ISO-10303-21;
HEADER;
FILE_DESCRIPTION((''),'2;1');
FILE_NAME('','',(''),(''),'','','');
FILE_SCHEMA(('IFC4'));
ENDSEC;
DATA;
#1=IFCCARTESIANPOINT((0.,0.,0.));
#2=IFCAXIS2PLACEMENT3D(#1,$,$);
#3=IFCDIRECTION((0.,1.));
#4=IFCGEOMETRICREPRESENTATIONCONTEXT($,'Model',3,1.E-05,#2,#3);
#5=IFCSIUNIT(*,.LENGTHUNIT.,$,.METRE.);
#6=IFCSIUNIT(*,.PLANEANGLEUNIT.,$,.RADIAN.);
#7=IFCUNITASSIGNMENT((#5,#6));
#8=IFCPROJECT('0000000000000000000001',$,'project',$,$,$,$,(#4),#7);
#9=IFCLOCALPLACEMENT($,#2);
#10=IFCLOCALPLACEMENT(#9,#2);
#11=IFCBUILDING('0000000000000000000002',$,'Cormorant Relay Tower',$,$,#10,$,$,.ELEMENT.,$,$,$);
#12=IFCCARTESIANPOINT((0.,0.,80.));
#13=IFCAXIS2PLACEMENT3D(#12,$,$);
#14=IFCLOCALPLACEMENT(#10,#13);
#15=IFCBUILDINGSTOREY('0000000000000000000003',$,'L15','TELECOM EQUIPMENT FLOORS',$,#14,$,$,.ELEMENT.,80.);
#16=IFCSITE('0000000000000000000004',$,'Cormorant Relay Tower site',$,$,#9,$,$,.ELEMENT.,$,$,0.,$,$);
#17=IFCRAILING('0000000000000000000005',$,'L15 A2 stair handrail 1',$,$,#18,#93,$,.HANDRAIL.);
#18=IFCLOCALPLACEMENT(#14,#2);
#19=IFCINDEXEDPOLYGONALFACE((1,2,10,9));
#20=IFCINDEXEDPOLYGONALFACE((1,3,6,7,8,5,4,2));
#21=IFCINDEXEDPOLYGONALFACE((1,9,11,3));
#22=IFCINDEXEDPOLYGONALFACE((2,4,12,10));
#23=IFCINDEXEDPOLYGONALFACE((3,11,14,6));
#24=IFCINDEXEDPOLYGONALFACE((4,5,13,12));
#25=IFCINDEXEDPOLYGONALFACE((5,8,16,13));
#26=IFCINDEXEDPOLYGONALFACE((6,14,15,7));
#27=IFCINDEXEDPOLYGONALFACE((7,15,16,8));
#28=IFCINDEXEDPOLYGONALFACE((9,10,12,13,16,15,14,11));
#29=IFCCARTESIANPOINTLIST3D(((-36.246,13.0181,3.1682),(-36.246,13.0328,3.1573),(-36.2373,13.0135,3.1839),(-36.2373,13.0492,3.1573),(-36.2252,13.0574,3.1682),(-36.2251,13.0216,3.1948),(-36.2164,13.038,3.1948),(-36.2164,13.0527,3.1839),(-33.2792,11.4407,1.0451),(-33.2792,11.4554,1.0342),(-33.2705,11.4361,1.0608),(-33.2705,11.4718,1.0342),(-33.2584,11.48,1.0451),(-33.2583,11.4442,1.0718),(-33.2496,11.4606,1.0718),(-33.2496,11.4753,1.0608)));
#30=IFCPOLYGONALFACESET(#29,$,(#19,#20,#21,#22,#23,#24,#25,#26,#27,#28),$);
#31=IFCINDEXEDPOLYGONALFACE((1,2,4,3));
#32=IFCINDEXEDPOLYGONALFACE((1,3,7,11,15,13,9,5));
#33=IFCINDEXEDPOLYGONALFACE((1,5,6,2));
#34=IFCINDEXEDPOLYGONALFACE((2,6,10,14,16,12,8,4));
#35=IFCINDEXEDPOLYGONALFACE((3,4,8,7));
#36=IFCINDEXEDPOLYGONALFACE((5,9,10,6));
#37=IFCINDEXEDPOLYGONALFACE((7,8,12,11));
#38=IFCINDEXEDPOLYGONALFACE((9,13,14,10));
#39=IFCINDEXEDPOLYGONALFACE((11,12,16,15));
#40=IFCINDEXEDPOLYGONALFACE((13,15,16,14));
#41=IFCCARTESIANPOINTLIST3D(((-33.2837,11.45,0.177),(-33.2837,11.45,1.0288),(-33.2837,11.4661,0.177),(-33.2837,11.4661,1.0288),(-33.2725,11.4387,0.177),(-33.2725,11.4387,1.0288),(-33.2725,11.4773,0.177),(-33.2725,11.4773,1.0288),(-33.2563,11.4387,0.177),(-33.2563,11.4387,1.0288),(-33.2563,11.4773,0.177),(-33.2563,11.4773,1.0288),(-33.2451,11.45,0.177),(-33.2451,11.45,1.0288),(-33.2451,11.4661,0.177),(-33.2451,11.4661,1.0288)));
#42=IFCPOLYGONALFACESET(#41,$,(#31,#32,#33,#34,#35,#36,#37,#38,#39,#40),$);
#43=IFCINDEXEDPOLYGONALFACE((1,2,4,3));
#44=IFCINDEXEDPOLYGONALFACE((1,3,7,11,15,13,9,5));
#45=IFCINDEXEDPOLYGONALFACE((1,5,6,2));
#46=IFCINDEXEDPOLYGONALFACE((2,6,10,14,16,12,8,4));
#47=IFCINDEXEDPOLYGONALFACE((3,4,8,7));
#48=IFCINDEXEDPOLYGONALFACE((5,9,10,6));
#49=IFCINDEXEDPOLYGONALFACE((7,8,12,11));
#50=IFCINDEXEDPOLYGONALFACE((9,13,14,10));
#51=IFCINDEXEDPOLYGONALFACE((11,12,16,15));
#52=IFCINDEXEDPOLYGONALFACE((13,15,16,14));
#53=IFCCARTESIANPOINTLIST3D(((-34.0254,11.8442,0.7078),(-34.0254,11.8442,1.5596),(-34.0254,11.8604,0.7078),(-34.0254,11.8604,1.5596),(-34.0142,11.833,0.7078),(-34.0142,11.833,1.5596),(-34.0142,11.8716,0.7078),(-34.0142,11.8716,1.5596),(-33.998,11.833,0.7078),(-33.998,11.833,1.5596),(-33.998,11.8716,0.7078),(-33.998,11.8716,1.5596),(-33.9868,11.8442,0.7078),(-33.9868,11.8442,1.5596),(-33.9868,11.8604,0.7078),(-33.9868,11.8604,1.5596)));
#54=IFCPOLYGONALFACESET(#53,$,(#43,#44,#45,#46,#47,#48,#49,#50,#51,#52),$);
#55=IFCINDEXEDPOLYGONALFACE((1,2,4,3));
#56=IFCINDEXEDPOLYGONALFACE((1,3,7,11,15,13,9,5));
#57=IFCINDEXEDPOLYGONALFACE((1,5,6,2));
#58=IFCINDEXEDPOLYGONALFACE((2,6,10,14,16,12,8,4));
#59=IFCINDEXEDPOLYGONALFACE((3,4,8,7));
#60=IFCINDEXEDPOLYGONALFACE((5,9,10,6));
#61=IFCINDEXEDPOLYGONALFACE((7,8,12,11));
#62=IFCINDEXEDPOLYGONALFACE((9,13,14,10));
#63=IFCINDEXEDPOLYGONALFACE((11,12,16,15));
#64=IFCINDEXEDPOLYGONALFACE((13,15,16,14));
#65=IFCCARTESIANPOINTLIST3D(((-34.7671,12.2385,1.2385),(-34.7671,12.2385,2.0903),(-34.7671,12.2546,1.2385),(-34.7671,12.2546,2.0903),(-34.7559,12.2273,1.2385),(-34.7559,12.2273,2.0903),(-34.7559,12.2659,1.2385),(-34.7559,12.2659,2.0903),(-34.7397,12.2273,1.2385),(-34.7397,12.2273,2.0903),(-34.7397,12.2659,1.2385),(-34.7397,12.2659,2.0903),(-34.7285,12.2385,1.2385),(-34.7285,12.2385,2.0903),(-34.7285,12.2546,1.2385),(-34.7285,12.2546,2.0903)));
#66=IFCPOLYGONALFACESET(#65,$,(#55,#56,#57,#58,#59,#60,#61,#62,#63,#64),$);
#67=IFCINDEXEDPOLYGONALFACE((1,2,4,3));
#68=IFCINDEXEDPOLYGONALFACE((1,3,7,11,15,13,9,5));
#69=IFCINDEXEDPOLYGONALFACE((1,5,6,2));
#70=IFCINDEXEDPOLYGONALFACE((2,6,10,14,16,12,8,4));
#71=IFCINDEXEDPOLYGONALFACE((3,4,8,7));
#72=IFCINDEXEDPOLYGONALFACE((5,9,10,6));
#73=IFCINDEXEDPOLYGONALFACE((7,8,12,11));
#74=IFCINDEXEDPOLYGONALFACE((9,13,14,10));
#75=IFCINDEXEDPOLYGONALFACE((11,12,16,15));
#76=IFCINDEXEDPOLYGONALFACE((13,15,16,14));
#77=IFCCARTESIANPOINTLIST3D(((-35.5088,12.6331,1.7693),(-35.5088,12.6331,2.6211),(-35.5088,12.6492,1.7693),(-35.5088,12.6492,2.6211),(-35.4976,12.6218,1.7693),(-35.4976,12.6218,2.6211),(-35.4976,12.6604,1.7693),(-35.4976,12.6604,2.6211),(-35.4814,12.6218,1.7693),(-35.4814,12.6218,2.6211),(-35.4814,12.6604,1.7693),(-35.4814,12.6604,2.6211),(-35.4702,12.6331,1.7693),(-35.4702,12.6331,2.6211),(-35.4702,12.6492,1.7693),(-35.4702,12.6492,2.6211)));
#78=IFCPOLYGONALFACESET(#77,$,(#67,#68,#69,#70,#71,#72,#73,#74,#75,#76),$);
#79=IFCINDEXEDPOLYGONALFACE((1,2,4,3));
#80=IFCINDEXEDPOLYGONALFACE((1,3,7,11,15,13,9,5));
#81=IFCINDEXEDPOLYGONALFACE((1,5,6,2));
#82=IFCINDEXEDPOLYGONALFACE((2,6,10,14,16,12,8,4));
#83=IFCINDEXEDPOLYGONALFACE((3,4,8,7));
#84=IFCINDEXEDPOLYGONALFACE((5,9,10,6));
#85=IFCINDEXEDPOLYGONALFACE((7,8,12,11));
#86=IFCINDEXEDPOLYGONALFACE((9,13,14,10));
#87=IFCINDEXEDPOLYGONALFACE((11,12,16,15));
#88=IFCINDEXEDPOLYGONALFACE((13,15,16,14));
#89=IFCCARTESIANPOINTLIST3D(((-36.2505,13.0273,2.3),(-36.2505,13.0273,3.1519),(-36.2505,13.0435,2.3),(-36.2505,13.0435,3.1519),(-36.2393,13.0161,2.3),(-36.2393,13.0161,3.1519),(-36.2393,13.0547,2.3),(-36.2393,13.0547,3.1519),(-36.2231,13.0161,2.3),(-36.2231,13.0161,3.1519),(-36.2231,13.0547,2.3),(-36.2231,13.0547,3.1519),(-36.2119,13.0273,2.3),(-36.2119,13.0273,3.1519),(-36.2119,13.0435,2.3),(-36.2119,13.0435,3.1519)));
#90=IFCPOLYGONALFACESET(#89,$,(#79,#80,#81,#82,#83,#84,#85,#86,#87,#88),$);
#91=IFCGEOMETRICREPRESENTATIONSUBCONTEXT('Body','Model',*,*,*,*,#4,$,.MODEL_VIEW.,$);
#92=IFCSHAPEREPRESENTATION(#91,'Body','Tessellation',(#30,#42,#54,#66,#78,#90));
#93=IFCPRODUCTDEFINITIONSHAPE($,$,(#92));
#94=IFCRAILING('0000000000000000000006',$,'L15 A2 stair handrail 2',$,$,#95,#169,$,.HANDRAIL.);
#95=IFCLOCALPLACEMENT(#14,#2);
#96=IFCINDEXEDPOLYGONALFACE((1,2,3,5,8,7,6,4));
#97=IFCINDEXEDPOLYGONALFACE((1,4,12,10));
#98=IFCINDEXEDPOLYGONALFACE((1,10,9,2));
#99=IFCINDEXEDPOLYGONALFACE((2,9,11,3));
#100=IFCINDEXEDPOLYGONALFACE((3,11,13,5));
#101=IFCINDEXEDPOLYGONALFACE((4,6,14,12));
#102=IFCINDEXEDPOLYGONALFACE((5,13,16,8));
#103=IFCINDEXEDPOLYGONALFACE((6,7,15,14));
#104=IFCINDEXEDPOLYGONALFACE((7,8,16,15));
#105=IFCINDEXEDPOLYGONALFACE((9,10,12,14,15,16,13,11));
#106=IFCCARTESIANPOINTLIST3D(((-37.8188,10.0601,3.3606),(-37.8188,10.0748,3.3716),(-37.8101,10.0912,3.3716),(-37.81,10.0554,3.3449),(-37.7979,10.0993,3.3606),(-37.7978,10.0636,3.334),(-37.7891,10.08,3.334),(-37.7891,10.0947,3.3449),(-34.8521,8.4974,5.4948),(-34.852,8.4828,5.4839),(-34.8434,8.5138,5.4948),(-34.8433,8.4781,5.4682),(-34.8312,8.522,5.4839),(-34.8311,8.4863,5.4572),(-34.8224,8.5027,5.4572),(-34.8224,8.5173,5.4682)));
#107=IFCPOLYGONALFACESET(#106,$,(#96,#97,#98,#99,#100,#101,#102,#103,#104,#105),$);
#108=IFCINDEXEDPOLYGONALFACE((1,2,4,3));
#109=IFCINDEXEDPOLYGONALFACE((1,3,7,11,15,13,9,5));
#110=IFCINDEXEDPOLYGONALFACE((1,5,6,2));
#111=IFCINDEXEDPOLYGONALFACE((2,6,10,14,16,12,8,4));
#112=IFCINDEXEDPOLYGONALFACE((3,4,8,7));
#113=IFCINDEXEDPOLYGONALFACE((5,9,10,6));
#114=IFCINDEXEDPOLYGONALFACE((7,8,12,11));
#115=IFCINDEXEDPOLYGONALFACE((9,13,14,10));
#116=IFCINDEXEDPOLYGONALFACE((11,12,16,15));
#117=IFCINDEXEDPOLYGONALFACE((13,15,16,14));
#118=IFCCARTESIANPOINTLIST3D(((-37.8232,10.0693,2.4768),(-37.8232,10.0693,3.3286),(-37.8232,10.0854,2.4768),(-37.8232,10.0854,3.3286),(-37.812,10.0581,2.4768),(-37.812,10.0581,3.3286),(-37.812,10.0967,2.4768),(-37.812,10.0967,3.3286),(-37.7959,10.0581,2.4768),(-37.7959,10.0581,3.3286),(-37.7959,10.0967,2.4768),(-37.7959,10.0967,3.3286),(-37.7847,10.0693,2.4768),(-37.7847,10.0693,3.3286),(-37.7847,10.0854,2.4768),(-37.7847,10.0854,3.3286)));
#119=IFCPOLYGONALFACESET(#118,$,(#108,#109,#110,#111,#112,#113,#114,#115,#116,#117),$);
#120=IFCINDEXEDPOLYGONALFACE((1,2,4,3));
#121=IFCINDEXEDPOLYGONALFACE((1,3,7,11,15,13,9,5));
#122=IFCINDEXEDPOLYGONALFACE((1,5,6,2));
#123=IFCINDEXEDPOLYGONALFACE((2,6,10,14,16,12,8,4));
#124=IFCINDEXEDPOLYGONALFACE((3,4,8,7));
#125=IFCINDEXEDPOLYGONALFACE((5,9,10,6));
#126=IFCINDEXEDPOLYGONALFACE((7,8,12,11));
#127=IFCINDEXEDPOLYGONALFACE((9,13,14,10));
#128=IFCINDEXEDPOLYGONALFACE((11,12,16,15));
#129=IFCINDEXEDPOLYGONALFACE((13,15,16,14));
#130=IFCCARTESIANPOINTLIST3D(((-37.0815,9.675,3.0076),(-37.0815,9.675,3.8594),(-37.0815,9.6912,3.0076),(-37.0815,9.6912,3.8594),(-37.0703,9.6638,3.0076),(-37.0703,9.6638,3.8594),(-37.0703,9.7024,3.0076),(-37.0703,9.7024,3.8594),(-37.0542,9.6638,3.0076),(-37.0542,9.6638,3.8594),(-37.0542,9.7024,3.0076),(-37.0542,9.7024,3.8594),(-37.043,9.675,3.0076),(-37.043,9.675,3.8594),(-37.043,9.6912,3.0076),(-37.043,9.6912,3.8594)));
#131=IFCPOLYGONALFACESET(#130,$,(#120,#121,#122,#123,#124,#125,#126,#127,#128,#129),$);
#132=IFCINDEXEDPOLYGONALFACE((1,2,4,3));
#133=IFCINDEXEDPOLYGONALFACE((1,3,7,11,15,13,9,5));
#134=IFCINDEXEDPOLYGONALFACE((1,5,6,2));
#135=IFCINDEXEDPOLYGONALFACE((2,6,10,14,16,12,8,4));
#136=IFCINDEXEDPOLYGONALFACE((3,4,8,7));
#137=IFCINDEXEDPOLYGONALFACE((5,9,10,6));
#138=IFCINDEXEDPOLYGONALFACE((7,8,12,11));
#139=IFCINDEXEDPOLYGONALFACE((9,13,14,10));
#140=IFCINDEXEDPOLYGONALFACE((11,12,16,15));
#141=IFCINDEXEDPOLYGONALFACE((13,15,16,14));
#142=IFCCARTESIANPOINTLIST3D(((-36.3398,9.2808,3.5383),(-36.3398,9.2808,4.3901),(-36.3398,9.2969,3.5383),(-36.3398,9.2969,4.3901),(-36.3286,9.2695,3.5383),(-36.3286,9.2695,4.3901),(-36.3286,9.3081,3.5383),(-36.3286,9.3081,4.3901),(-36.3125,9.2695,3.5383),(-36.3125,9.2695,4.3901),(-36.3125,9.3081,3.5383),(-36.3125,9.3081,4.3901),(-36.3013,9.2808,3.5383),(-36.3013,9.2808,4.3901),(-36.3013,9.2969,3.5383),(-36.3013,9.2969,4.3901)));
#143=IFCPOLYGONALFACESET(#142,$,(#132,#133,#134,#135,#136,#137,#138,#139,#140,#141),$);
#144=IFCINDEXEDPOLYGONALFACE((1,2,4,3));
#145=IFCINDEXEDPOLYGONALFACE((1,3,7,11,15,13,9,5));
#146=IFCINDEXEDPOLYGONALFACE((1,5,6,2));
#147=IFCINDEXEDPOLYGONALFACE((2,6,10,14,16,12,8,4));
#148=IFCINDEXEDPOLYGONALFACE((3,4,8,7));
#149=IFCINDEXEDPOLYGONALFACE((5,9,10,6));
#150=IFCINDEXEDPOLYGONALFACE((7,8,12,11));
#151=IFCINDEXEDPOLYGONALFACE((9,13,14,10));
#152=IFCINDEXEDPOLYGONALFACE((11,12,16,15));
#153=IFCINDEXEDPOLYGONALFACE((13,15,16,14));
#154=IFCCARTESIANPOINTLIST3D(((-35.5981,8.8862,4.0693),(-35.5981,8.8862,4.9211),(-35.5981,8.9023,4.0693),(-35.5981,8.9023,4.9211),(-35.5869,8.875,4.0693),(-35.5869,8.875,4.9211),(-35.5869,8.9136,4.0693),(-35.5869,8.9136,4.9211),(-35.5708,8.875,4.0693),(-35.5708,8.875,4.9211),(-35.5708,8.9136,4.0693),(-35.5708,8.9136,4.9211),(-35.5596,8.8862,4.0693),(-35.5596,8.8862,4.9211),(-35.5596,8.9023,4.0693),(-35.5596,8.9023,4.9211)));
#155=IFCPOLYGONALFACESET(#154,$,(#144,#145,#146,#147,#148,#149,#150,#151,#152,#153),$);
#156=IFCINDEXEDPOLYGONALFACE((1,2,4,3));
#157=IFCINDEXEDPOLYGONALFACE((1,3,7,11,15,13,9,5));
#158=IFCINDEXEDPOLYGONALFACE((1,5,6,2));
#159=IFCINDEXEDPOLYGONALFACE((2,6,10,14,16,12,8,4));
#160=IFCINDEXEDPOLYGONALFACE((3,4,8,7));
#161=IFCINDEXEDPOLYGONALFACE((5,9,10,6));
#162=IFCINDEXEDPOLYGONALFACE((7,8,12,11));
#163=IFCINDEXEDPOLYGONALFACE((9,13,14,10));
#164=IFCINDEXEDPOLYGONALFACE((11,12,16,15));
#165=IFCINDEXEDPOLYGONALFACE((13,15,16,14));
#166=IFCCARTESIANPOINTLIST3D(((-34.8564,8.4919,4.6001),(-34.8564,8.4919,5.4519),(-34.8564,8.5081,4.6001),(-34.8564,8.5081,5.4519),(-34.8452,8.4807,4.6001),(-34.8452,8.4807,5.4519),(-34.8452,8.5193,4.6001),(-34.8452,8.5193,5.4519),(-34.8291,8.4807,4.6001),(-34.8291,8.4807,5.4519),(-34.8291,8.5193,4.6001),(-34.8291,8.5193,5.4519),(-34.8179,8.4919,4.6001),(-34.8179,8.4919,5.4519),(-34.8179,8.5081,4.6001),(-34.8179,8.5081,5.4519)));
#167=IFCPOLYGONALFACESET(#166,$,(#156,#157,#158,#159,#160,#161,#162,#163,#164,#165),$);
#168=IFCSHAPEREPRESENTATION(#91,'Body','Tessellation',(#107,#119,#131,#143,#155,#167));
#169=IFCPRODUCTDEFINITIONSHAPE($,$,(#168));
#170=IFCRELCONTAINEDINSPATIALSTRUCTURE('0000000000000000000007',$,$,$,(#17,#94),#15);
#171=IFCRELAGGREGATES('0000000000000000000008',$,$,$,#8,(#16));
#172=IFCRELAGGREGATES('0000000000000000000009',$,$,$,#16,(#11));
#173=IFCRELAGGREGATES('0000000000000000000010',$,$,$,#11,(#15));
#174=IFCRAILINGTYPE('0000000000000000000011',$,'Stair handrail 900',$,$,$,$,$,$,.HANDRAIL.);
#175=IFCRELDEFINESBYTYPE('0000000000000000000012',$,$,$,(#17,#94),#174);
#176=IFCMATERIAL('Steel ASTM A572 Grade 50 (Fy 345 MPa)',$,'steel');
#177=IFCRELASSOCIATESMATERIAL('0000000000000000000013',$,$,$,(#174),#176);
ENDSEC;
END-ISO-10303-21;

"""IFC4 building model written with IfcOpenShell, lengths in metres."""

from ifc_helpers import new_model, si_unit, direction, frame, origin, place, context, subcontext, project, spatial, polyline, outline, extrude, material, type_object, element, save


model = new_model("IFC4")

# Units and contexts
model_context = context("Model", 3, precision=1e-05, world=origin(), true_north=direction((0.0, 1.0)))
body_context = subcontext(model_context, "Body", "Model", "MODEL_VIEW")
ifc_project = project(units=[si_unit("LENGTHUNIT", "METRE"), si_unit("PLANEANGLEUNIT", "RADIAN")], contexts=[model_context])

# Site, building, storey
site_placement = place(None, origin())
site = spatial("IfcSite", under=ifc_project, at=site_placement, Name="Cormorant Relay Tower site", CompositionType="ELEMENT", RefElevation=0.0)
building_placement = place(site_placement, origin())
building = spatial("IfcBuilding", under=site, at=building_placement, Name="Cormorant Relay Tower", CompositionType="ELEMENT")
storey_placement = place(building_placement, frame((0.0, 0.0, 80.0)))
storey = spatial("IfcBuildingStorey", under=building, at=storey_placement, Name="L15", Description="TELECOM EQUIPMENT FLOORS", CompositionType="ELEMENT", Elevation=80.0)

# Railings
ifc_material_1 = material(Name="Steel ASTM A572 Grade 50 (Fy 345 MPa)", Category="steel")
railing_type_1 = type_object("IfcRailingType", Name="Stair handrail 900", PredefinedType="HANDRAIL", material=ifc_material_1)
railing_1_placement = place(storey_placement, frame((-33.2644, 11.458, 0.177)))
element("IfcRailing", 1, at=railing_1_placement, inside=storey, type_object=railing_type_1, Name="L15 A2 stair handrail 1", PredefinedType="HANDRAIL", context=body_context, shape_type="SweptSolid", body=[
    extrude(outline(polyline([(0.0222, 0.0093), (0.0093, 0.0222), (-0.0093, 0.0222), (-0.0222, 0.0093), (-0.0222, -0.0093), (-0.0093, -0.0222), (0.0093, -0.0222), (0.0222, -0.0093), (0.0222, 0.0093)])), frame((0.0, 0.0, 0.876), z_axis=(-0.746441, 0.396869, 0.534155), x_axis=(-0.469453, -0.882958, 0.0)), (0.0, 0.0, 1.0), 3.9746),
    extrude(outline(polyline([(0.0193, 0.0081), (0.0081, 0.0193), (-0.0081, 0.0193), (-0.0193, 0.0081), (-0.0193, -0.0081), (-0.0081, -0.0193), (0.0081, -0.0193), (0.0193, -0.0081), (0.0193, 0.0081)])), origin(), (0.0, 0.0, 1.0), 0.8518),
    extrude(outline(polyline([(0.0193, 0.0081), (0.0081, 0.0193), (-0.0081, 0.0193), (-0.0193, 0.0081), (-0.0193, -0.0081), (-0.0081, -0.0193), (0.0081, -0.0193), (0.0193, -0.0081), (0.0193, 0.0081)])), frame((-0.7417, 0.3943, 0.5308)), (0.0, 0.0, 1.0), 0.8518),
    extrude(outline(polyline([(0.0193, 0.0081), (0.0081, 0.0193), (-0.0081, 0.0193), (-0.0193, 0.0081), (-0.0193, -0.0081), (-0.0081, -0.0193), (0.0081, -0.0193), (0.0193, -0.0081), (0.0193, 0.0081)])), frame((-1.4834, 0.7886, 1.0615)), (0.0, 0.0, 1.0), 0.8518),
    extrude(outline(polyline([(0.0193, 0.0081), (0.0081, 0.0193), (-0.0081, 0.0193), (-0.0193, 0.0081), (-0.0193, -0.0081), (-0.0081, -0.0193), (0.0081, -0.0193), (0.0193, -0.0081), (0.0193, 0.0081)])), frame((-2.2251, 1.1831, 1.5923)), (0.0, 0.0, 1.0), 0.8518),
    extrude(outline(polyline([(0.0193, 0.0081), (0.0081, 0.0193), (-0.0081, 0.0193), (-0.0193, 0.0081), (-0.0193, -0.0081), (-0.0081, -0.0193), (0.0081, -0.0193), (0.0193, -0.0081), (0.0193, 0.0081)])), frame((-2.9668, 1.5774, 2.123)), (0.0, 0.0, 1.0), 0.8518),
])
railing_2_placement = place(storey_placement, frame((-37.804, 10.0774, 2.4768)))
element("IfcRailing", 2, at=railing_2_placement, inside=storey, type_object=railing_type_1, Name="L15 A2 stair handrail 2", PredefinedType="HANDRAIL", context=body_context, shape_type="SweptSolid", body=[
    extrude(outline(polyline([(0.0222, 0.0093), (0.0093, 0.0222), (-0.0093, 0.0222), (-0.0222, 0.0093), (-0.0222, -0.0093), (-0.0093, -0.0222), (0.0093, -0.0222), (0.0222, -0.0093), (0.0222, 0.0093)])), frame((0.0, 0.0, 0.876), z_axis=(0.746416, -0.396856, 0.534199), x_axis=(0.469453, 0.882958, 0.0)), (0.0, 0.0, 1.0), 3.9746),
    extrude(outline(polyline([(0.0193, 0.0081), (0.0081, 0.0193), (-0.0081, 0.0193), (-0.0193, 0.0081), (-0.0193, -0.0081), (-0.0081, -0.0193), (0.0081, -0.0193), (0.0193, -0.0081), (0.0193, 0.0081)])), origin(), (0.0, 0.0, 1.0), 0.8518),
    extrude(outline(polyline([(0.0193, 0.0081), (0.0081, 0.0193), (-0.0081, 0.0193), (-0.0193, 0.0081), (-0.0193, -0.0081), (-0.0081, -0.0193), (0.0081, -0.0193), (0.0193, -0.0081), (0.0193, 0.0081)])), frame((0.7417, -0.3943, 0.5308)), (0.0, 0.0, 1.0), 0.8518),
    extrude(outline(polyline([(0.0193, 0.0081), (0.0081, 0.0193), (-0.0081, 0.0193), (-0.0193, 0.0081), (-0.0193, -0.0081), (-0.0081, -0.0193), (0.0081, -0.0193), (0.0193, -0.0081), (0.0193, 0.0081)])), frame((1.4834, -0.7886, 1.0615)), (0.0, 0.0, 1.0), 0.8518),
    extrude(outline(polyline([(0.0193, 0.0081), (0.0081, 0.0193), (-0.0081, 0.0193), (-0.0193, 0.0081), (-0.0193, -0.0081), (-0.0081, -0.0193), (0.0081, -0.0193), (0.0193, -0.0081), (0.0193, 0.0081)])), frame((2.2251, -1.1831, 1.5925)), (0.0, 0.0, 1.0), 0.8518),
    extrude(outline(polyline([(0.0193, 0.0081), (0.0081, 0.0193), (-0.0081, 0.0193), (-0.0193, 0.0081), (-0.0193, -0.0081), (-0.0081, -0.0193), (0.0081, -0.0193), (0.0193, -0.0081), (0.0193, 0.0081)])), frame((2.9668, -1.5774, 2.1233)), (0.0, 0.0, 1.0), 0.8518),
])

save(model, "model.ifc")
